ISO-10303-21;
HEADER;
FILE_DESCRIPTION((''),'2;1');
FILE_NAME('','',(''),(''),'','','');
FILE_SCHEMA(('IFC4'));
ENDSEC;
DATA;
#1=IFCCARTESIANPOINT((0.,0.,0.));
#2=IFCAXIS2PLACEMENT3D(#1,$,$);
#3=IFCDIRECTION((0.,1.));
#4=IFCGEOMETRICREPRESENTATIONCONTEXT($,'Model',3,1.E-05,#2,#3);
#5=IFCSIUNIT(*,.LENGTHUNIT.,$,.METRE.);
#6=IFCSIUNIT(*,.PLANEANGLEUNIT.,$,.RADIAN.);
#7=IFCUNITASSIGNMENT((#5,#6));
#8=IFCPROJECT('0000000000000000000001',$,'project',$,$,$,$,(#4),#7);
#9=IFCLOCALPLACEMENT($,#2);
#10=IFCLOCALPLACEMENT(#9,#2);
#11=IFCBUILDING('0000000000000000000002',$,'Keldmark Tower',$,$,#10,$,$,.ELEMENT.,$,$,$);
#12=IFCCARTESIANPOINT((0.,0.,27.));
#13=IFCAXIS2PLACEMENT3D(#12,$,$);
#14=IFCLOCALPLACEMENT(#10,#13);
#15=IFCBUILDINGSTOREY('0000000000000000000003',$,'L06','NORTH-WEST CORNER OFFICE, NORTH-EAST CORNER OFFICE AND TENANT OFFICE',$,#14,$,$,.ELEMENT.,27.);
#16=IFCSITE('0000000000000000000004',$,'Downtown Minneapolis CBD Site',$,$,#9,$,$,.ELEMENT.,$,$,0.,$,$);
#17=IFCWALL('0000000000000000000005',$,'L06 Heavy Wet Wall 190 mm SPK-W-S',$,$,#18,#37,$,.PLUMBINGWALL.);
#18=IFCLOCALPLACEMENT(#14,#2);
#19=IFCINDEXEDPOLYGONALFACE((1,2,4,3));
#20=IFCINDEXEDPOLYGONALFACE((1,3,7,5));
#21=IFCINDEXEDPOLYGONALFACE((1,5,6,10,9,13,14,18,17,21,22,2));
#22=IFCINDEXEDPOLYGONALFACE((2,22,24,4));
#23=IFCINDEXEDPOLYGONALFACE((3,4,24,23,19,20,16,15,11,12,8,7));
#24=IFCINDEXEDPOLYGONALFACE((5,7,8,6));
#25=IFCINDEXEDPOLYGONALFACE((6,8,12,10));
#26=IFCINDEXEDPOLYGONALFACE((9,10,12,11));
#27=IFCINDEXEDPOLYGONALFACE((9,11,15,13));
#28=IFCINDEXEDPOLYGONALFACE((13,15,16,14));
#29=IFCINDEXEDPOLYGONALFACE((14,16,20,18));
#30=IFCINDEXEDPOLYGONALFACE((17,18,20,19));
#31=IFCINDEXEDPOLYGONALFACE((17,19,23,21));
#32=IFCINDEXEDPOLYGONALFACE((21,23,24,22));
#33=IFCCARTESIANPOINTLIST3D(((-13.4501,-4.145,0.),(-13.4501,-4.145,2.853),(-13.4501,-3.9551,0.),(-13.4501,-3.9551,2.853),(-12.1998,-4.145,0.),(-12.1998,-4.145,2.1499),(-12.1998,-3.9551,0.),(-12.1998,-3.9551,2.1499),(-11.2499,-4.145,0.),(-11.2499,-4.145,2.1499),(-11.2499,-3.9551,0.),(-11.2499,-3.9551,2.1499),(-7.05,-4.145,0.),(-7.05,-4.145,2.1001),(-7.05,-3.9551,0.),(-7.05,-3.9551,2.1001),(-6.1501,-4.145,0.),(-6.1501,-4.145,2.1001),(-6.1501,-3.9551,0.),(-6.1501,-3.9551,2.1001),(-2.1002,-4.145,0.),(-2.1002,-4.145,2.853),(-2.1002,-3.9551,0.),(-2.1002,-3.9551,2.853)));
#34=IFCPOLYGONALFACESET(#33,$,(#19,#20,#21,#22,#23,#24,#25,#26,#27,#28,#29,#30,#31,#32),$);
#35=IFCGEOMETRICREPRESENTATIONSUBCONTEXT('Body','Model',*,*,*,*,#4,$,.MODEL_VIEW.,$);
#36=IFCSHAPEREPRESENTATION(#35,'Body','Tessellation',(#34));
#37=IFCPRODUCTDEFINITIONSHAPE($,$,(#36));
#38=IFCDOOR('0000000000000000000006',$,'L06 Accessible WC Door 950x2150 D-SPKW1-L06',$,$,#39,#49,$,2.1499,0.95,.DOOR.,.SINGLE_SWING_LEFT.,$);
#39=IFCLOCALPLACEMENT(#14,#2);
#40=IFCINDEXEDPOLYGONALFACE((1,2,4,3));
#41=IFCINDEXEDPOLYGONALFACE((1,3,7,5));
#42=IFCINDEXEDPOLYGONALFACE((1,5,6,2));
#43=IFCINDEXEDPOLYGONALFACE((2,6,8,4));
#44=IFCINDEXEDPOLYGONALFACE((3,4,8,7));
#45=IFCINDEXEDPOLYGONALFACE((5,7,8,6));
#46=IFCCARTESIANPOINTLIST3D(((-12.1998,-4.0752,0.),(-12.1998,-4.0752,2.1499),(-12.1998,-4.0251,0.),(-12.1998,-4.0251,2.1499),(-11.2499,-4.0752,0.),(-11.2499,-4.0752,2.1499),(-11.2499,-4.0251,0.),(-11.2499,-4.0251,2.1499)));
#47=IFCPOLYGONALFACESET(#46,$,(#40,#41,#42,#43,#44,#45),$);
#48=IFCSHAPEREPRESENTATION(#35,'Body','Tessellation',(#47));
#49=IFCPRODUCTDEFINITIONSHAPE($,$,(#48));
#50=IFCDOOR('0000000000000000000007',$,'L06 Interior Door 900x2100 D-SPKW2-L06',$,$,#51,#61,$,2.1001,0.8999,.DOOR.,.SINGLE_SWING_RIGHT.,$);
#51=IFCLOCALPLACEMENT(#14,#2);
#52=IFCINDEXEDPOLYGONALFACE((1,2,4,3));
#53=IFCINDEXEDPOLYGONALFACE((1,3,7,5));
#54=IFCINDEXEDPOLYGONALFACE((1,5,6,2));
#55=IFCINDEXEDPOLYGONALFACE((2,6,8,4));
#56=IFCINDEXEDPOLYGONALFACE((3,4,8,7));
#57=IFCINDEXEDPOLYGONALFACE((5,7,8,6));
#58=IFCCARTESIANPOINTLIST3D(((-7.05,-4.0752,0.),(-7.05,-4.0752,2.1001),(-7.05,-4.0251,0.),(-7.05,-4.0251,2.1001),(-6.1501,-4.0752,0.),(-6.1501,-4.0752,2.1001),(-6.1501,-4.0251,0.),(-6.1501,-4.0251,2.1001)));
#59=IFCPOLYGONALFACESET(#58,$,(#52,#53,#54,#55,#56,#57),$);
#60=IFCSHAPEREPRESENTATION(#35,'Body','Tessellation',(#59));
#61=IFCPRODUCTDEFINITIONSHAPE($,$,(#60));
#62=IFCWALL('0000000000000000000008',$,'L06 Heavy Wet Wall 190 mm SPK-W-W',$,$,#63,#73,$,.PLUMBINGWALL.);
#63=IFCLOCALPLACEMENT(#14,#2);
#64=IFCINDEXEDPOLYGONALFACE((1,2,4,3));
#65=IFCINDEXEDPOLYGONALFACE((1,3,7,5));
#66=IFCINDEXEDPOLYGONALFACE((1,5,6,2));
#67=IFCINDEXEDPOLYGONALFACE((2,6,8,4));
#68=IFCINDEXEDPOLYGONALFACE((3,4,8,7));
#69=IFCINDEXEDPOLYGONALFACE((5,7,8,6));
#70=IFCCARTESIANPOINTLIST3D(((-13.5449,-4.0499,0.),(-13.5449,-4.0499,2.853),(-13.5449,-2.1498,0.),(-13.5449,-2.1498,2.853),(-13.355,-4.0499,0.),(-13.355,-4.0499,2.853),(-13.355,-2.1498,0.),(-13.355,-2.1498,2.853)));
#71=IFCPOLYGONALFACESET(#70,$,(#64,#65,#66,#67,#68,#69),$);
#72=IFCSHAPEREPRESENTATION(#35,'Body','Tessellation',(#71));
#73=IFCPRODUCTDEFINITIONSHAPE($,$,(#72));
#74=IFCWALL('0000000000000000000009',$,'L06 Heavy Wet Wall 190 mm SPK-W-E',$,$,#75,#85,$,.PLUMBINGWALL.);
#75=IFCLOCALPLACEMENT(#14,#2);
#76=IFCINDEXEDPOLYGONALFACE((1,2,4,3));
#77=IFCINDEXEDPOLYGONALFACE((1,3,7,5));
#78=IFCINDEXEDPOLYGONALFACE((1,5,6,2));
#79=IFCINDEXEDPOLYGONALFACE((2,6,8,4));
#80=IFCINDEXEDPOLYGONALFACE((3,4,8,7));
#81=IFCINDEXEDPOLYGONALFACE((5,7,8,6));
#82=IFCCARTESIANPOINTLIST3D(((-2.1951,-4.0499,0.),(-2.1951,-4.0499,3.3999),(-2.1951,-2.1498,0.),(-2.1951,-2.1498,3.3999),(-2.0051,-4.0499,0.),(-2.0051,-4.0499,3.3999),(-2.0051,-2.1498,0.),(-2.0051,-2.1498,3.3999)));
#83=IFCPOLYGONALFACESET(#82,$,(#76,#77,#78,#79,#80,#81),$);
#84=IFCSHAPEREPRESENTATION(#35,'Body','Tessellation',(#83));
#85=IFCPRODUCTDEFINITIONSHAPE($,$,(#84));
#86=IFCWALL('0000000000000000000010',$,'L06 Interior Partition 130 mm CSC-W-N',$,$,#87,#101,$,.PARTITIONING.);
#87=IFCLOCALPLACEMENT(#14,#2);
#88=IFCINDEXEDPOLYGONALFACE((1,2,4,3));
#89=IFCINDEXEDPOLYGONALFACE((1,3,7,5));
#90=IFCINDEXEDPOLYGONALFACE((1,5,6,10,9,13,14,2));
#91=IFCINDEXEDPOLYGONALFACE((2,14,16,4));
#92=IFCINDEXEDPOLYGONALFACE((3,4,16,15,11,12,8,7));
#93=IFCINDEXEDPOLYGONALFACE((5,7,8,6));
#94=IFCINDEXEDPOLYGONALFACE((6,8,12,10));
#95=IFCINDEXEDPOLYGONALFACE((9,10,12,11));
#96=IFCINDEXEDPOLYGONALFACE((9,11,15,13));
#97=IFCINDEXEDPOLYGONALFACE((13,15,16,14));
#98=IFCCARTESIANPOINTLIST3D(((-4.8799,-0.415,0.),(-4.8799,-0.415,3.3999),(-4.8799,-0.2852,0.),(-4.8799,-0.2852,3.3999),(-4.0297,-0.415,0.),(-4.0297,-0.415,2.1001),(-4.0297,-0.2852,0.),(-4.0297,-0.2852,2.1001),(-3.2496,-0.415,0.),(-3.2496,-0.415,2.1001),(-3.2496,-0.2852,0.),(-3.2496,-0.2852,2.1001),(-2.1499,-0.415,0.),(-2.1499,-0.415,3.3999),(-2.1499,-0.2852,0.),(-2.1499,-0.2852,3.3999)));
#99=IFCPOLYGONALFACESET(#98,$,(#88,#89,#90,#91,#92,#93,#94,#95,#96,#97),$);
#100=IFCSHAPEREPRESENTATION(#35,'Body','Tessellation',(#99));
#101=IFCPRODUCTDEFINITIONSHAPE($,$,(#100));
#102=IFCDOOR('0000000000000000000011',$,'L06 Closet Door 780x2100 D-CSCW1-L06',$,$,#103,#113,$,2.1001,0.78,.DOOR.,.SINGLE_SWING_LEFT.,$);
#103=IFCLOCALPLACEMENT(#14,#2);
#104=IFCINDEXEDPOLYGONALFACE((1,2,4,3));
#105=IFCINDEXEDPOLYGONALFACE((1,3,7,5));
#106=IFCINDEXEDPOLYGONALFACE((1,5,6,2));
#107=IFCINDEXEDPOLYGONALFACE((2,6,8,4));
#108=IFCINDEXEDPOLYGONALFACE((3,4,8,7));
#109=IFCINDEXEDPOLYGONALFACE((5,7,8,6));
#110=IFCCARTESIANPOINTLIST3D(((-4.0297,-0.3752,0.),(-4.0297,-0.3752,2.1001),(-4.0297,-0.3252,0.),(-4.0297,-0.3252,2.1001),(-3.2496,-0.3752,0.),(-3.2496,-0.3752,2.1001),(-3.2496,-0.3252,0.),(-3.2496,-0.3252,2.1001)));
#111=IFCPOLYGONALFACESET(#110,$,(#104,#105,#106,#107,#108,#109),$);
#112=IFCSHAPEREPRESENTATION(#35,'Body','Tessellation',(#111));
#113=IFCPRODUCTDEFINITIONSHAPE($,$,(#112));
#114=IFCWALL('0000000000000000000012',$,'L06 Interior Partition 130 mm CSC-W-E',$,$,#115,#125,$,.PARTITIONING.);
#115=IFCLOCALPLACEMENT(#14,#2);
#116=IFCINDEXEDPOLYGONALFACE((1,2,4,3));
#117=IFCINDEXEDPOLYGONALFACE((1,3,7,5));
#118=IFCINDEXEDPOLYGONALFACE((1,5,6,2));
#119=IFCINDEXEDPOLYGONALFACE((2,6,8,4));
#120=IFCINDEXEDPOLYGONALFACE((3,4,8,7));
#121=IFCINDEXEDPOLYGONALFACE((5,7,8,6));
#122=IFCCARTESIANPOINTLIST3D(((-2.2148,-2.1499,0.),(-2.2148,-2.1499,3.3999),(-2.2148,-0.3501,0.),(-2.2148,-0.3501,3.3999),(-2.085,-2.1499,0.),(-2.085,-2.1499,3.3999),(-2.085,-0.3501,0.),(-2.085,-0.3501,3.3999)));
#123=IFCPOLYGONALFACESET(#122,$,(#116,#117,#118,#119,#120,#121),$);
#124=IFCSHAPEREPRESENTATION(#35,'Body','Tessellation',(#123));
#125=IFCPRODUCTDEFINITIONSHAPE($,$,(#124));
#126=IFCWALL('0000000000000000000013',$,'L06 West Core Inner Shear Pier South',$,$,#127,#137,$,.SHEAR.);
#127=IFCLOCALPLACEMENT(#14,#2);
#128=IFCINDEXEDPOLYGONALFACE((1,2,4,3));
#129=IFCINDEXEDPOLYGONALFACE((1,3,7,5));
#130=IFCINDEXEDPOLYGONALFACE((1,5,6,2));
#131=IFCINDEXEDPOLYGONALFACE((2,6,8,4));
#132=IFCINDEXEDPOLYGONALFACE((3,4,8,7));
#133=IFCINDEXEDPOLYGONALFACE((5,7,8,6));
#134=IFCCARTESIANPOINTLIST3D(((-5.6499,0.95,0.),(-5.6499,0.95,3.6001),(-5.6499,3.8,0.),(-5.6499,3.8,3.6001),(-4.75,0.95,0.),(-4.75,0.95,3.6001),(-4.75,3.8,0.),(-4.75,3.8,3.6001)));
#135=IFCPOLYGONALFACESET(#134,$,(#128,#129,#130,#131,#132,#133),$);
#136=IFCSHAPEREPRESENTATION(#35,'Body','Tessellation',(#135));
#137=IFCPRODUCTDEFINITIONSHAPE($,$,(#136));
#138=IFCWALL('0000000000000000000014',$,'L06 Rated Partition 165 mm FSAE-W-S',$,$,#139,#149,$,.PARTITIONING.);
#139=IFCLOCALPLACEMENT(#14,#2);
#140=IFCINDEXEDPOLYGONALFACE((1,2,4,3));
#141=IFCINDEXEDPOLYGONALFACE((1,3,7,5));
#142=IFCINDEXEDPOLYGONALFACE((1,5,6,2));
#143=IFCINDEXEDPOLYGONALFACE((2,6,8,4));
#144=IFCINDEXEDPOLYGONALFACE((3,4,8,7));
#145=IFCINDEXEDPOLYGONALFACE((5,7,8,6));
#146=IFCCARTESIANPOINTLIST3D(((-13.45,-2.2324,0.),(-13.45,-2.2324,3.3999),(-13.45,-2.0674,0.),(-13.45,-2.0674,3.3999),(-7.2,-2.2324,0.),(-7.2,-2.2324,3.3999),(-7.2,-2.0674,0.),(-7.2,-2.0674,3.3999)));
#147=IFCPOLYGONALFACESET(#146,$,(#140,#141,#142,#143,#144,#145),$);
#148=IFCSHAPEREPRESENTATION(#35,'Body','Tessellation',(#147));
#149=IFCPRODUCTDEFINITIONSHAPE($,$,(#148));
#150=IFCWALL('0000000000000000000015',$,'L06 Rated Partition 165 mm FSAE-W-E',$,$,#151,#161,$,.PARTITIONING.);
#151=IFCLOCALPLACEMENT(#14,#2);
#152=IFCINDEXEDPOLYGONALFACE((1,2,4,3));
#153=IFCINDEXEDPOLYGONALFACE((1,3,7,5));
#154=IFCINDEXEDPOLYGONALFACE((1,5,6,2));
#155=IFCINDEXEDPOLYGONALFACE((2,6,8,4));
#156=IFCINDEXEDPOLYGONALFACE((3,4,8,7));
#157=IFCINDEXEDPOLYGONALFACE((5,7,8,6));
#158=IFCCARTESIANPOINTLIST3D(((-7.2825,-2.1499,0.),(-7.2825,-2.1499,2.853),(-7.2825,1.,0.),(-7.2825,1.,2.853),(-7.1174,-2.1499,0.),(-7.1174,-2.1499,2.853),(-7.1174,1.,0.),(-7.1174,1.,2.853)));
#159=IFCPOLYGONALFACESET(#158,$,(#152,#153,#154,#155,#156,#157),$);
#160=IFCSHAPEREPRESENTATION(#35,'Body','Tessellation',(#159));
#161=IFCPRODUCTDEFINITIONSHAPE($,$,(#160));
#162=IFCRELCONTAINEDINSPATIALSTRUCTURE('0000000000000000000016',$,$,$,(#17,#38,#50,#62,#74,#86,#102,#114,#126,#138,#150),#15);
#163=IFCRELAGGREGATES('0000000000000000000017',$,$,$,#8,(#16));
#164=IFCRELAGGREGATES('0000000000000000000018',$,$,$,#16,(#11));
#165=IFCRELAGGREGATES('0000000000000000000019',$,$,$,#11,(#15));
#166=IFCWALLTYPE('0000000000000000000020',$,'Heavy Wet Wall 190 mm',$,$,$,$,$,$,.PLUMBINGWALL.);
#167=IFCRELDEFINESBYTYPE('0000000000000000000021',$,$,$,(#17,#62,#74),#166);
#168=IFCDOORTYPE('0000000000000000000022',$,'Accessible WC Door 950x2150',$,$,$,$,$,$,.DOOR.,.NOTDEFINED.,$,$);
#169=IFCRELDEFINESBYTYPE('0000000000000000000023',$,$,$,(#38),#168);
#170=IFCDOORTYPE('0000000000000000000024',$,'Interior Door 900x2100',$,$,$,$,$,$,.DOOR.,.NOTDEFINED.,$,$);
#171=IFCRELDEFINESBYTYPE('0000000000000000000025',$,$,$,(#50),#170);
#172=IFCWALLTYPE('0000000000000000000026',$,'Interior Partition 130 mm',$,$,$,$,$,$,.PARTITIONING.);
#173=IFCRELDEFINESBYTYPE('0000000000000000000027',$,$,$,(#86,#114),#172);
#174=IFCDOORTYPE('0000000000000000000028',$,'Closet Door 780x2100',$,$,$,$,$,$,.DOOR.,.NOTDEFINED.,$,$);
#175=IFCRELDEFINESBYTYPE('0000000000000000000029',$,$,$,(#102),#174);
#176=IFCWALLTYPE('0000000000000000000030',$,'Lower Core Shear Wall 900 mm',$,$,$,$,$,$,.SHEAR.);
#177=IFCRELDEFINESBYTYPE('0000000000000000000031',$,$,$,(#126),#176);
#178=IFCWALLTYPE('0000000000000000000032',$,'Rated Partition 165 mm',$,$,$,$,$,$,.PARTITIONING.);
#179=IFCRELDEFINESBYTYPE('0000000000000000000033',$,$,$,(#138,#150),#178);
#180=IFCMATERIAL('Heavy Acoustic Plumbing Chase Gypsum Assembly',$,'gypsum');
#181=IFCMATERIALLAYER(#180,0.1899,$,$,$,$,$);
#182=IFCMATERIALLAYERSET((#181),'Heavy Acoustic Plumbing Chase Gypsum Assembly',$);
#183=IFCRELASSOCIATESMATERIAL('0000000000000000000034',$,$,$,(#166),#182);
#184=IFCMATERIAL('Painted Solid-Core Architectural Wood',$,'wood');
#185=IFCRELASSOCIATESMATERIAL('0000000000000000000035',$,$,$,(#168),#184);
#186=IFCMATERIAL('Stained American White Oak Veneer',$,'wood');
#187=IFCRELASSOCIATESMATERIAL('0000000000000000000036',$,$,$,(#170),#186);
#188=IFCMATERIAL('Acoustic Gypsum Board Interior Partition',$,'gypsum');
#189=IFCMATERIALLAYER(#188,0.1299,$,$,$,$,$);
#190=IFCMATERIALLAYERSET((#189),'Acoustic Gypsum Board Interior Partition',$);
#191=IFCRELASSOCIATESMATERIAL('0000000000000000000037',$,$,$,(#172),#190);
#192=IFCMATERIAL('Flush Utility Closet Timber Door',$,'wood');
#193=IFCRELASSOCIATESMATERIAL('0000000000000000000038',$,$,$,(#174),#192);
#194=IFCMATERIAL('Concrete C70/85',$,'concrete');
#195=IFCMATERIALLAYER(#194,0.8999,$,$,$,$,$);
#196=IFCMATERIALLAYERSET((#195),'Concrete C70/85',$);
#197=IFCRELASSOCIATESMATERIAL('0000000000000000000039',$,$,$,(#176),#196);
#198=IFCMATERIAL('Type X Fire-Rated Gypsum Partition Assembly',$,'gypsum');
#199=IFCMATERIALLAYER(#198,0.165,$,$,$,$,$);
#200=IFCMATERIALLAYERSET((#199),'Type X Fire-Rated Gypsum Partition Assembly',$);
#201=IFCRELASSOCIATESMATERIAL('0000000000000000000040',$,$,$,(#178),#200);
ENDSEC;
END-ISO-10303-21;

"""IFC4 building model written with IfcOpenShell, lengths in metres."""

from ifc_helpers import new_model, si_unit, direction, frame, frame_2d, origin, place, context, subcontext, project, spatial, rectangle, extrude, material, layer, layer_set, type_object, element, fill, save


model = new_model("IFC4")

# Units and contexts
model_context = context("Model", 3, precision=1e-05, world=origin(), true_north=direction((0.0, 1.0)))
body_context = subcontext(model_context, "Body", "Model", "MODEL_VIEW")
ifc_project = project(units=[si_unit("LENGTHUNIT", "METRE"), si_unit("PLANEANGLEUNIT", "RADIAN")], contexts=[model_context])

# Site, building, storey
site_placement = place(None, origin())
site = spatial("IfcSite", under=ifc_project, at=site_placement, Name="Downtown Minneapolis CBD Site", CompositionType="ELEMENT", RefElevation=0.0)
building_placement = place(site_placement, origin())
building = spatial("IfcBuilding", under=site, at=building_placement, Name="Keldmark Tower", CompositionType="ELEMENT")
storey_placement = place(building_placement, frame((0.0, 0.0, 27.0)))
storey = spatial("IfcBuildingStorey", under=building, at=storey_placement, Name="L06", Description="NORTH-WEST CORNER OFFICE, NORTH-EAST CORNER OFFICE AND TENANT OFFICE", CompositionType="ELEMENT", Elevation=27.0)

# Wall, openings, doors
ifc_material_1 = material(Name="Heavy Acoustic Plumbing Chase Gypsum Assembly", Category="gypsum")
ifc_layer_1 = layer(ifc_material_1, 0.1899)
ifc_layer_set_1 = layer_set([ifc_layer_1], Name="Heavy Acoustic Plumbing Chase Gypsum Assembly")
wall_type_1 = type_object("IfcWallType", Name="Heavy Wet Wall 190 mm", PredefinedType="PLUMBINGWALL", material=ifc_layer_set_1)
wall_1_placement = place(storey_placement, frame((-13.45, -4.05, 0.0), z_axis=(0.0, 0.0, 1.0), x_axis=(1.0, 0.0, 0.0)))
wall_1 = element("IfcWall", 1, at=wall_1_placement, inside=storey, type_object=wall_type_1, Name="L06 Heavy Wet Wall 190 mm SPK-W-S", PredefinedType="PLUMBINGWALL", context=body_context, shape_type="SweptSolid", body=[
    extrude(rectangle(XDim=11.3499, YDim=0.1899, at=frame_2d((5.6748, 0.0))), origin(), (0.0, 0.0, 1.0), 2.853),
])
opening_1_placement = place(wall_1_placement, frame((1.25, 0.0, 0.0)))
opening_1 = element("IfcOpeningElement", 2, at=opening_1_placement, cuts=wall_1, PredefinedType="OPENING", context=body_context, shape_type="SweptSolid", body=[
    extrude(rectangle(XDim=0.95, YDim=2.1499, at=frame_2d((0.4751, 1.075))), frame((0.0, 0.105, 0.0), z_axis=(0.0, -1.0, 0.0), x_axis=(1.0, 0.0, 0.0)), (0.0, 0.0, 1.0), 0.21),
])
opening_2_placement = place(wall_1_placement, frame((6.3999, 0.0, 0.0)))
opening_2 = element("IfcOpeningElement", 3, at=opening_2_placement, cuts=wall_1, PredefinedType="OPENING", context=body_context, shape_type="SweptSolid", body=[
    extrude(rectangle(XDim=0.8999, YDim=2.1001, at=frame_2d((0.45, 1.05))), frame((0.0, 0.105, 0.0), z_axis=(0.0, -1.0, 0.0), x_axis=(1.0, 0.0, 0.0)), (0.0, 0.0, 1.0), 0.21),
])
ifc_material_2 = material(Name="Painted Solid-Core Architectural Wood", Category="wood")
door_type_1 = type_object("IfcDoorType", Name="Accessible WC Door 950x2150", OperationType="NOTDEFINED", PredefinedType="DOOR", material=ifc_material_2)
door_1_placement = place(opening_1_placement, origin())
door_1 = element("IfcDoor", 4, at=door_1_placement, inside=storey, type_object=door_type_1, Name="L06 Accessible WC Door 950x2150 D-SPKW1-L06", OperationType="SINGLE_SWING_LEFT", OverallHeight=2.1499, OverallWidth=0.95, PredefinedType="DOOR", context=body_context, shape_type="SweptSolid", body=[
    extrude(rectangle(XDim=0.95, YDim=2.1499, at=frame_2d((0.4751, 1.075))), frame((0.0, 0.0249, 0.0), z_axis=(0.0, -1.0, 0.0), x_axis=(1.0, 0.0, 0.0)), (0.0, 0.0, 1.0), 0.05),
])
fill(opening_1, door_1)
ifc_material_3 = material(Name="Stained American White Oak Veneer", Category="wood")
door_type_2 = type_object("IfcDoorType", Name="Interior Door 900x2100", OperationType="NOTDEFINED", PredefinedType="DOOR", material=ifc_material_3)
door_2_placement = place(opening_2_placement, origin())
door_2 = element("IfcDoor", 5, at=door_2_placement, inside=storey, type_object=door_type_2, Name="L06 Interior Door 900x2100 D-SPKW2-L06", OperationType="SINGLE_SWING_RIGHT", OverallHeight=2.1001, OverallWidth=0.8999, PredefinedType="DOOR", context=body_context, shape_type="SweptSolid", body=[
    extrude(rectangle(XDim=0.8999, YDim=2.1001, at=frame_2d((0.45, 1.05))), frame((0.0, 0.0249, 0.0), z_axis=(0.0, -1.0, 0.0), x_axis=(1.0, 0.0, 0.0)), (0.0, 0.0, 1.0), 0.05),
])
fill(opening_2, door_2)

# Walls
wall_2_placement = place(storey_placement, frame((-13.45, -4.05, 0.0), z_axis=(0.0, 0.0, 1.0), x_axis=(0.0, 1.0, 0.0)))
element("IfcWall", 6, at=wall_2_placement, inside=storey, type_object=wall_type_1, Name="L06 Heavy Wet Wall 190 mm SPK-W-W", PredefinedType="PLUMBINGWALL", context=body_context, shape_type="SweptSolid", body=[
    extrude(rectangle(XDim=1.9001, YDim=0.1899, at=frame_2d((0.9502, 0.0))), origin(), (0.0, 0.0, 1.0), 2.853),
])
wall_3_placement = place(storey_placement, frame((-2.1001, -4.05, 0.0), z_axis=(0.0, 0.0, 1.0), x_axis=(0.0, 1.0, 0.0)))
element("IfcWall", 7, at=wall_3_placement, inside=storey, type_object=wall_type_1, Name="L06 Heavy Wet Wall 190 mm SPK-W-E", PredefinedType="PLUMBINGWALL", context=body_context, shape_type="SweptSolid", body=[
    extrude(rectangle(XDim=1.9001, YDim=0.1899, at=frame_2d((0.9502, 0.0))), origin(), (0.0, 0.0, 1.0), 3.3999),
])

# Wall, opening, door
ifc_material_4 = material(Name="Acoustic Gypsum Board Interior Partition", Category="gypsum")
ifc_layer_2 = layer(ifc_material_4, 0.1299)
ifc_layer_set_2 = layer_set([ifc_layer_2], Name="Acoustic Gypsum Board Interior Partition")
wall_type_2 = type_object("IfcWallType", Name="Interior Partition 130 mm", PredefinedType="PARTITIONING", material=ifc_layer_set_2)
wall_4_placement = place(storey_placement, frame((-4.8799, -0.3501, 0.0), z_axis=(0.0, 0.0, 1.0), x_axis=(1.0, 0.0, 0.0)))
wall_4 = element("IfcWall", 8, at=wall_4_placement, inside=storey, type_object=wall_type_2, Name="L06 Interior Partition 130 mm CSC-W-N", PredefinedType="PARTITIONING", context=body_context, shape_type="SweptSolid", body=[
    extrude(rectangle(XDim=2.73, YDim=0.1299, at=frame_2d((1.365, 0.0))), origin(), (0.0, 0.0, 1.0), 3.3999),
])
opening_3_placement = place(wall_4_placement, frame((0.8501, 0.0, 0.0)))
opening_3 = element("IfcOpeningElement", 9, at=opening_3_placement, cuts=wall_4, PredefinedType="OPENING", context=body_context, shape_type="SweptSolid", body=[
    extrude(rectangle(XDim=0.78, YDim=2.1001, at=frame_2d((0.3901, 1.05))), frame((0.0, 0.075, 0.0), z_axis=(0.0, -1.0, 0.0), x_axis=(1.0, 0.0, 0.0)), (0.0, 0.0, 1.0), 0.1499),
])
ifc_material_5 = material(Name="Flush Utility Closet Timber Door", Category="wood")
door_type_3 = type_object("IfcDoorType", Name="Closet Door 780x2100", OperationType="NOTDEFINED", PredefinedType="DOOR", material=ifc_material_5)
door_3_placement = place(opening_3_placement, origin())
door_3 = element("IfcDoor", 10, at=door_3_placement, inside=storey, type_object=door_type_3, Name="L06 Closet Door 780x2100 D-CSCW1-L06", OperationType="SINGLE_SWING_LEFT", OverallHeight=2.1001, OverallWidth=0.78, PredefinedType="DOOR", context=body_context, shape_type="SweptSolid", body=[
    extrude(rectangle(XDim=0.78, YDim=2.1001, at=frame_2d((0.3901, 1.05))), frame((0.0, 0.0249, 0.0), z_axis=(0.0, -1.0, 0.0), x_axis=(1.0, 0.0, 0.0)), (0.0, 0.0, 1.0), 0.05),
])
fill(opening_3, door_3)

# Walls
wall_5_placement = place(storey_placement, frame((-2.1499, -2.1499, 0.0), z_axis=(0.0, 0.0, 1.0), x_axis=(0.0, 1.0, 0.0)))
element("IfcWall", 11, at=wall_5_placement, inside=storey, type_object=wall_type_2, Name="L06 Interior Partition 130 mm CSC-W-E", PredefinedType="PARTITIONING", context=body_context, shape_type="SweptSolid", body=[
    extrude(rectangle(XDim=1.7998, YDim=0.1299, at=frame_2d((0.8999, 0.0))), origin(), (0.0, 0.0, 1.0), 3.3999),
])
ifc_material_6 = material(Name="Concrete C70/85", Category="concrete")
ifc_layer_3 = layer(ifc_material_6, 0.8999)
ifc_layer_set_3 = layer_set([ifc_layer_3], Name="Concrete C70/85")
wall_type_3 = type_object("IfcWallType", Name="Lower Core Shear Wall 900 mm", PredefinedType="SHEAR", material=ifc_layer_set_3)
wall_6_placement = place(storey_placement, frame((-5.2, 0.95, 0.0), z_axis=(0.0, 0.0, 1.0), x_axis=(0.0, 1.0, 0.0)))
element("IfcWall", 12, at=wall_6_placement, inside=storey, type_object=wall_type_3, Name="L06 West Core Inner Shear Pier South", PredefinedType="SHEAR", context=body_context, shape_type="SweptSolid", body=[
    extrude(rectangle(XDim=2.8501, YDim=0.8999, at=frame_2d((1.425, 0.0))), origin(), (0.0, 0.0, 1.0), 3.6001),
])
ifc_material_7 = material(Name="Type X Fire-Rated Gypsum Partition Assembly", Category="gypsum")
ifc_layer_4 = layer(ifc_material_7, 0.165)
ifc_layer_set_4 = layer_set([ifc_layer_4], Name="Type X Fire-Rated Gypsum Partition Assembly")
wall_type_4 = type_object("IfcWallType", Name="Rated Partition 165 mm", PredefinedType="PARTITIONING", material=ifc_layer_set_4)
wall_7_placement = place(storey_placement, frame((-13.45, -2.1499, 0.0), z_axis=(0.0, 0.0, 1.0), x_axis=(1.0, 0.0, 0.0)))
element("IfcWall", 13, at=wall_7_placement, inside=storey, type_object=wall_type_4, Name="L06 Rated Partition 165 mm FSAE-W-S", PredefinedType="PARTITIONING", context=body_context, shape_type="SweptSolid", body=[
    extrude(rectangle(XDim=6.25, YDim=0.165, at=frame_2d((3.125, 0.0))), origin(), (0.0, 0.0, 1.0), 3.3999),
])

# Wall
wall_8_placement = place(storey_placement, frame((-7.2, -2.1499, 0.0), z_axis=(0.0, 0.0, 1.0), x_axis=(0.0, 1.0, 0.0)))
element("IfcWall", 14, at=wall_8_placement, inside=storey, type_object=wall_type_4, Name="L06 Rated Partition 165 mm FSAE-W-E", PredefinedType="PARTITIONING", context=body_context, shape_type="SweptSolid", body=[
    extrude(rectangle(XDim=3.1499, YDim=0.165, at=frame_2d((1.575, 0.0))), origin(), (0.0, 0.0, 1.0), 2.853),
])

save(model, "model.ifc")
